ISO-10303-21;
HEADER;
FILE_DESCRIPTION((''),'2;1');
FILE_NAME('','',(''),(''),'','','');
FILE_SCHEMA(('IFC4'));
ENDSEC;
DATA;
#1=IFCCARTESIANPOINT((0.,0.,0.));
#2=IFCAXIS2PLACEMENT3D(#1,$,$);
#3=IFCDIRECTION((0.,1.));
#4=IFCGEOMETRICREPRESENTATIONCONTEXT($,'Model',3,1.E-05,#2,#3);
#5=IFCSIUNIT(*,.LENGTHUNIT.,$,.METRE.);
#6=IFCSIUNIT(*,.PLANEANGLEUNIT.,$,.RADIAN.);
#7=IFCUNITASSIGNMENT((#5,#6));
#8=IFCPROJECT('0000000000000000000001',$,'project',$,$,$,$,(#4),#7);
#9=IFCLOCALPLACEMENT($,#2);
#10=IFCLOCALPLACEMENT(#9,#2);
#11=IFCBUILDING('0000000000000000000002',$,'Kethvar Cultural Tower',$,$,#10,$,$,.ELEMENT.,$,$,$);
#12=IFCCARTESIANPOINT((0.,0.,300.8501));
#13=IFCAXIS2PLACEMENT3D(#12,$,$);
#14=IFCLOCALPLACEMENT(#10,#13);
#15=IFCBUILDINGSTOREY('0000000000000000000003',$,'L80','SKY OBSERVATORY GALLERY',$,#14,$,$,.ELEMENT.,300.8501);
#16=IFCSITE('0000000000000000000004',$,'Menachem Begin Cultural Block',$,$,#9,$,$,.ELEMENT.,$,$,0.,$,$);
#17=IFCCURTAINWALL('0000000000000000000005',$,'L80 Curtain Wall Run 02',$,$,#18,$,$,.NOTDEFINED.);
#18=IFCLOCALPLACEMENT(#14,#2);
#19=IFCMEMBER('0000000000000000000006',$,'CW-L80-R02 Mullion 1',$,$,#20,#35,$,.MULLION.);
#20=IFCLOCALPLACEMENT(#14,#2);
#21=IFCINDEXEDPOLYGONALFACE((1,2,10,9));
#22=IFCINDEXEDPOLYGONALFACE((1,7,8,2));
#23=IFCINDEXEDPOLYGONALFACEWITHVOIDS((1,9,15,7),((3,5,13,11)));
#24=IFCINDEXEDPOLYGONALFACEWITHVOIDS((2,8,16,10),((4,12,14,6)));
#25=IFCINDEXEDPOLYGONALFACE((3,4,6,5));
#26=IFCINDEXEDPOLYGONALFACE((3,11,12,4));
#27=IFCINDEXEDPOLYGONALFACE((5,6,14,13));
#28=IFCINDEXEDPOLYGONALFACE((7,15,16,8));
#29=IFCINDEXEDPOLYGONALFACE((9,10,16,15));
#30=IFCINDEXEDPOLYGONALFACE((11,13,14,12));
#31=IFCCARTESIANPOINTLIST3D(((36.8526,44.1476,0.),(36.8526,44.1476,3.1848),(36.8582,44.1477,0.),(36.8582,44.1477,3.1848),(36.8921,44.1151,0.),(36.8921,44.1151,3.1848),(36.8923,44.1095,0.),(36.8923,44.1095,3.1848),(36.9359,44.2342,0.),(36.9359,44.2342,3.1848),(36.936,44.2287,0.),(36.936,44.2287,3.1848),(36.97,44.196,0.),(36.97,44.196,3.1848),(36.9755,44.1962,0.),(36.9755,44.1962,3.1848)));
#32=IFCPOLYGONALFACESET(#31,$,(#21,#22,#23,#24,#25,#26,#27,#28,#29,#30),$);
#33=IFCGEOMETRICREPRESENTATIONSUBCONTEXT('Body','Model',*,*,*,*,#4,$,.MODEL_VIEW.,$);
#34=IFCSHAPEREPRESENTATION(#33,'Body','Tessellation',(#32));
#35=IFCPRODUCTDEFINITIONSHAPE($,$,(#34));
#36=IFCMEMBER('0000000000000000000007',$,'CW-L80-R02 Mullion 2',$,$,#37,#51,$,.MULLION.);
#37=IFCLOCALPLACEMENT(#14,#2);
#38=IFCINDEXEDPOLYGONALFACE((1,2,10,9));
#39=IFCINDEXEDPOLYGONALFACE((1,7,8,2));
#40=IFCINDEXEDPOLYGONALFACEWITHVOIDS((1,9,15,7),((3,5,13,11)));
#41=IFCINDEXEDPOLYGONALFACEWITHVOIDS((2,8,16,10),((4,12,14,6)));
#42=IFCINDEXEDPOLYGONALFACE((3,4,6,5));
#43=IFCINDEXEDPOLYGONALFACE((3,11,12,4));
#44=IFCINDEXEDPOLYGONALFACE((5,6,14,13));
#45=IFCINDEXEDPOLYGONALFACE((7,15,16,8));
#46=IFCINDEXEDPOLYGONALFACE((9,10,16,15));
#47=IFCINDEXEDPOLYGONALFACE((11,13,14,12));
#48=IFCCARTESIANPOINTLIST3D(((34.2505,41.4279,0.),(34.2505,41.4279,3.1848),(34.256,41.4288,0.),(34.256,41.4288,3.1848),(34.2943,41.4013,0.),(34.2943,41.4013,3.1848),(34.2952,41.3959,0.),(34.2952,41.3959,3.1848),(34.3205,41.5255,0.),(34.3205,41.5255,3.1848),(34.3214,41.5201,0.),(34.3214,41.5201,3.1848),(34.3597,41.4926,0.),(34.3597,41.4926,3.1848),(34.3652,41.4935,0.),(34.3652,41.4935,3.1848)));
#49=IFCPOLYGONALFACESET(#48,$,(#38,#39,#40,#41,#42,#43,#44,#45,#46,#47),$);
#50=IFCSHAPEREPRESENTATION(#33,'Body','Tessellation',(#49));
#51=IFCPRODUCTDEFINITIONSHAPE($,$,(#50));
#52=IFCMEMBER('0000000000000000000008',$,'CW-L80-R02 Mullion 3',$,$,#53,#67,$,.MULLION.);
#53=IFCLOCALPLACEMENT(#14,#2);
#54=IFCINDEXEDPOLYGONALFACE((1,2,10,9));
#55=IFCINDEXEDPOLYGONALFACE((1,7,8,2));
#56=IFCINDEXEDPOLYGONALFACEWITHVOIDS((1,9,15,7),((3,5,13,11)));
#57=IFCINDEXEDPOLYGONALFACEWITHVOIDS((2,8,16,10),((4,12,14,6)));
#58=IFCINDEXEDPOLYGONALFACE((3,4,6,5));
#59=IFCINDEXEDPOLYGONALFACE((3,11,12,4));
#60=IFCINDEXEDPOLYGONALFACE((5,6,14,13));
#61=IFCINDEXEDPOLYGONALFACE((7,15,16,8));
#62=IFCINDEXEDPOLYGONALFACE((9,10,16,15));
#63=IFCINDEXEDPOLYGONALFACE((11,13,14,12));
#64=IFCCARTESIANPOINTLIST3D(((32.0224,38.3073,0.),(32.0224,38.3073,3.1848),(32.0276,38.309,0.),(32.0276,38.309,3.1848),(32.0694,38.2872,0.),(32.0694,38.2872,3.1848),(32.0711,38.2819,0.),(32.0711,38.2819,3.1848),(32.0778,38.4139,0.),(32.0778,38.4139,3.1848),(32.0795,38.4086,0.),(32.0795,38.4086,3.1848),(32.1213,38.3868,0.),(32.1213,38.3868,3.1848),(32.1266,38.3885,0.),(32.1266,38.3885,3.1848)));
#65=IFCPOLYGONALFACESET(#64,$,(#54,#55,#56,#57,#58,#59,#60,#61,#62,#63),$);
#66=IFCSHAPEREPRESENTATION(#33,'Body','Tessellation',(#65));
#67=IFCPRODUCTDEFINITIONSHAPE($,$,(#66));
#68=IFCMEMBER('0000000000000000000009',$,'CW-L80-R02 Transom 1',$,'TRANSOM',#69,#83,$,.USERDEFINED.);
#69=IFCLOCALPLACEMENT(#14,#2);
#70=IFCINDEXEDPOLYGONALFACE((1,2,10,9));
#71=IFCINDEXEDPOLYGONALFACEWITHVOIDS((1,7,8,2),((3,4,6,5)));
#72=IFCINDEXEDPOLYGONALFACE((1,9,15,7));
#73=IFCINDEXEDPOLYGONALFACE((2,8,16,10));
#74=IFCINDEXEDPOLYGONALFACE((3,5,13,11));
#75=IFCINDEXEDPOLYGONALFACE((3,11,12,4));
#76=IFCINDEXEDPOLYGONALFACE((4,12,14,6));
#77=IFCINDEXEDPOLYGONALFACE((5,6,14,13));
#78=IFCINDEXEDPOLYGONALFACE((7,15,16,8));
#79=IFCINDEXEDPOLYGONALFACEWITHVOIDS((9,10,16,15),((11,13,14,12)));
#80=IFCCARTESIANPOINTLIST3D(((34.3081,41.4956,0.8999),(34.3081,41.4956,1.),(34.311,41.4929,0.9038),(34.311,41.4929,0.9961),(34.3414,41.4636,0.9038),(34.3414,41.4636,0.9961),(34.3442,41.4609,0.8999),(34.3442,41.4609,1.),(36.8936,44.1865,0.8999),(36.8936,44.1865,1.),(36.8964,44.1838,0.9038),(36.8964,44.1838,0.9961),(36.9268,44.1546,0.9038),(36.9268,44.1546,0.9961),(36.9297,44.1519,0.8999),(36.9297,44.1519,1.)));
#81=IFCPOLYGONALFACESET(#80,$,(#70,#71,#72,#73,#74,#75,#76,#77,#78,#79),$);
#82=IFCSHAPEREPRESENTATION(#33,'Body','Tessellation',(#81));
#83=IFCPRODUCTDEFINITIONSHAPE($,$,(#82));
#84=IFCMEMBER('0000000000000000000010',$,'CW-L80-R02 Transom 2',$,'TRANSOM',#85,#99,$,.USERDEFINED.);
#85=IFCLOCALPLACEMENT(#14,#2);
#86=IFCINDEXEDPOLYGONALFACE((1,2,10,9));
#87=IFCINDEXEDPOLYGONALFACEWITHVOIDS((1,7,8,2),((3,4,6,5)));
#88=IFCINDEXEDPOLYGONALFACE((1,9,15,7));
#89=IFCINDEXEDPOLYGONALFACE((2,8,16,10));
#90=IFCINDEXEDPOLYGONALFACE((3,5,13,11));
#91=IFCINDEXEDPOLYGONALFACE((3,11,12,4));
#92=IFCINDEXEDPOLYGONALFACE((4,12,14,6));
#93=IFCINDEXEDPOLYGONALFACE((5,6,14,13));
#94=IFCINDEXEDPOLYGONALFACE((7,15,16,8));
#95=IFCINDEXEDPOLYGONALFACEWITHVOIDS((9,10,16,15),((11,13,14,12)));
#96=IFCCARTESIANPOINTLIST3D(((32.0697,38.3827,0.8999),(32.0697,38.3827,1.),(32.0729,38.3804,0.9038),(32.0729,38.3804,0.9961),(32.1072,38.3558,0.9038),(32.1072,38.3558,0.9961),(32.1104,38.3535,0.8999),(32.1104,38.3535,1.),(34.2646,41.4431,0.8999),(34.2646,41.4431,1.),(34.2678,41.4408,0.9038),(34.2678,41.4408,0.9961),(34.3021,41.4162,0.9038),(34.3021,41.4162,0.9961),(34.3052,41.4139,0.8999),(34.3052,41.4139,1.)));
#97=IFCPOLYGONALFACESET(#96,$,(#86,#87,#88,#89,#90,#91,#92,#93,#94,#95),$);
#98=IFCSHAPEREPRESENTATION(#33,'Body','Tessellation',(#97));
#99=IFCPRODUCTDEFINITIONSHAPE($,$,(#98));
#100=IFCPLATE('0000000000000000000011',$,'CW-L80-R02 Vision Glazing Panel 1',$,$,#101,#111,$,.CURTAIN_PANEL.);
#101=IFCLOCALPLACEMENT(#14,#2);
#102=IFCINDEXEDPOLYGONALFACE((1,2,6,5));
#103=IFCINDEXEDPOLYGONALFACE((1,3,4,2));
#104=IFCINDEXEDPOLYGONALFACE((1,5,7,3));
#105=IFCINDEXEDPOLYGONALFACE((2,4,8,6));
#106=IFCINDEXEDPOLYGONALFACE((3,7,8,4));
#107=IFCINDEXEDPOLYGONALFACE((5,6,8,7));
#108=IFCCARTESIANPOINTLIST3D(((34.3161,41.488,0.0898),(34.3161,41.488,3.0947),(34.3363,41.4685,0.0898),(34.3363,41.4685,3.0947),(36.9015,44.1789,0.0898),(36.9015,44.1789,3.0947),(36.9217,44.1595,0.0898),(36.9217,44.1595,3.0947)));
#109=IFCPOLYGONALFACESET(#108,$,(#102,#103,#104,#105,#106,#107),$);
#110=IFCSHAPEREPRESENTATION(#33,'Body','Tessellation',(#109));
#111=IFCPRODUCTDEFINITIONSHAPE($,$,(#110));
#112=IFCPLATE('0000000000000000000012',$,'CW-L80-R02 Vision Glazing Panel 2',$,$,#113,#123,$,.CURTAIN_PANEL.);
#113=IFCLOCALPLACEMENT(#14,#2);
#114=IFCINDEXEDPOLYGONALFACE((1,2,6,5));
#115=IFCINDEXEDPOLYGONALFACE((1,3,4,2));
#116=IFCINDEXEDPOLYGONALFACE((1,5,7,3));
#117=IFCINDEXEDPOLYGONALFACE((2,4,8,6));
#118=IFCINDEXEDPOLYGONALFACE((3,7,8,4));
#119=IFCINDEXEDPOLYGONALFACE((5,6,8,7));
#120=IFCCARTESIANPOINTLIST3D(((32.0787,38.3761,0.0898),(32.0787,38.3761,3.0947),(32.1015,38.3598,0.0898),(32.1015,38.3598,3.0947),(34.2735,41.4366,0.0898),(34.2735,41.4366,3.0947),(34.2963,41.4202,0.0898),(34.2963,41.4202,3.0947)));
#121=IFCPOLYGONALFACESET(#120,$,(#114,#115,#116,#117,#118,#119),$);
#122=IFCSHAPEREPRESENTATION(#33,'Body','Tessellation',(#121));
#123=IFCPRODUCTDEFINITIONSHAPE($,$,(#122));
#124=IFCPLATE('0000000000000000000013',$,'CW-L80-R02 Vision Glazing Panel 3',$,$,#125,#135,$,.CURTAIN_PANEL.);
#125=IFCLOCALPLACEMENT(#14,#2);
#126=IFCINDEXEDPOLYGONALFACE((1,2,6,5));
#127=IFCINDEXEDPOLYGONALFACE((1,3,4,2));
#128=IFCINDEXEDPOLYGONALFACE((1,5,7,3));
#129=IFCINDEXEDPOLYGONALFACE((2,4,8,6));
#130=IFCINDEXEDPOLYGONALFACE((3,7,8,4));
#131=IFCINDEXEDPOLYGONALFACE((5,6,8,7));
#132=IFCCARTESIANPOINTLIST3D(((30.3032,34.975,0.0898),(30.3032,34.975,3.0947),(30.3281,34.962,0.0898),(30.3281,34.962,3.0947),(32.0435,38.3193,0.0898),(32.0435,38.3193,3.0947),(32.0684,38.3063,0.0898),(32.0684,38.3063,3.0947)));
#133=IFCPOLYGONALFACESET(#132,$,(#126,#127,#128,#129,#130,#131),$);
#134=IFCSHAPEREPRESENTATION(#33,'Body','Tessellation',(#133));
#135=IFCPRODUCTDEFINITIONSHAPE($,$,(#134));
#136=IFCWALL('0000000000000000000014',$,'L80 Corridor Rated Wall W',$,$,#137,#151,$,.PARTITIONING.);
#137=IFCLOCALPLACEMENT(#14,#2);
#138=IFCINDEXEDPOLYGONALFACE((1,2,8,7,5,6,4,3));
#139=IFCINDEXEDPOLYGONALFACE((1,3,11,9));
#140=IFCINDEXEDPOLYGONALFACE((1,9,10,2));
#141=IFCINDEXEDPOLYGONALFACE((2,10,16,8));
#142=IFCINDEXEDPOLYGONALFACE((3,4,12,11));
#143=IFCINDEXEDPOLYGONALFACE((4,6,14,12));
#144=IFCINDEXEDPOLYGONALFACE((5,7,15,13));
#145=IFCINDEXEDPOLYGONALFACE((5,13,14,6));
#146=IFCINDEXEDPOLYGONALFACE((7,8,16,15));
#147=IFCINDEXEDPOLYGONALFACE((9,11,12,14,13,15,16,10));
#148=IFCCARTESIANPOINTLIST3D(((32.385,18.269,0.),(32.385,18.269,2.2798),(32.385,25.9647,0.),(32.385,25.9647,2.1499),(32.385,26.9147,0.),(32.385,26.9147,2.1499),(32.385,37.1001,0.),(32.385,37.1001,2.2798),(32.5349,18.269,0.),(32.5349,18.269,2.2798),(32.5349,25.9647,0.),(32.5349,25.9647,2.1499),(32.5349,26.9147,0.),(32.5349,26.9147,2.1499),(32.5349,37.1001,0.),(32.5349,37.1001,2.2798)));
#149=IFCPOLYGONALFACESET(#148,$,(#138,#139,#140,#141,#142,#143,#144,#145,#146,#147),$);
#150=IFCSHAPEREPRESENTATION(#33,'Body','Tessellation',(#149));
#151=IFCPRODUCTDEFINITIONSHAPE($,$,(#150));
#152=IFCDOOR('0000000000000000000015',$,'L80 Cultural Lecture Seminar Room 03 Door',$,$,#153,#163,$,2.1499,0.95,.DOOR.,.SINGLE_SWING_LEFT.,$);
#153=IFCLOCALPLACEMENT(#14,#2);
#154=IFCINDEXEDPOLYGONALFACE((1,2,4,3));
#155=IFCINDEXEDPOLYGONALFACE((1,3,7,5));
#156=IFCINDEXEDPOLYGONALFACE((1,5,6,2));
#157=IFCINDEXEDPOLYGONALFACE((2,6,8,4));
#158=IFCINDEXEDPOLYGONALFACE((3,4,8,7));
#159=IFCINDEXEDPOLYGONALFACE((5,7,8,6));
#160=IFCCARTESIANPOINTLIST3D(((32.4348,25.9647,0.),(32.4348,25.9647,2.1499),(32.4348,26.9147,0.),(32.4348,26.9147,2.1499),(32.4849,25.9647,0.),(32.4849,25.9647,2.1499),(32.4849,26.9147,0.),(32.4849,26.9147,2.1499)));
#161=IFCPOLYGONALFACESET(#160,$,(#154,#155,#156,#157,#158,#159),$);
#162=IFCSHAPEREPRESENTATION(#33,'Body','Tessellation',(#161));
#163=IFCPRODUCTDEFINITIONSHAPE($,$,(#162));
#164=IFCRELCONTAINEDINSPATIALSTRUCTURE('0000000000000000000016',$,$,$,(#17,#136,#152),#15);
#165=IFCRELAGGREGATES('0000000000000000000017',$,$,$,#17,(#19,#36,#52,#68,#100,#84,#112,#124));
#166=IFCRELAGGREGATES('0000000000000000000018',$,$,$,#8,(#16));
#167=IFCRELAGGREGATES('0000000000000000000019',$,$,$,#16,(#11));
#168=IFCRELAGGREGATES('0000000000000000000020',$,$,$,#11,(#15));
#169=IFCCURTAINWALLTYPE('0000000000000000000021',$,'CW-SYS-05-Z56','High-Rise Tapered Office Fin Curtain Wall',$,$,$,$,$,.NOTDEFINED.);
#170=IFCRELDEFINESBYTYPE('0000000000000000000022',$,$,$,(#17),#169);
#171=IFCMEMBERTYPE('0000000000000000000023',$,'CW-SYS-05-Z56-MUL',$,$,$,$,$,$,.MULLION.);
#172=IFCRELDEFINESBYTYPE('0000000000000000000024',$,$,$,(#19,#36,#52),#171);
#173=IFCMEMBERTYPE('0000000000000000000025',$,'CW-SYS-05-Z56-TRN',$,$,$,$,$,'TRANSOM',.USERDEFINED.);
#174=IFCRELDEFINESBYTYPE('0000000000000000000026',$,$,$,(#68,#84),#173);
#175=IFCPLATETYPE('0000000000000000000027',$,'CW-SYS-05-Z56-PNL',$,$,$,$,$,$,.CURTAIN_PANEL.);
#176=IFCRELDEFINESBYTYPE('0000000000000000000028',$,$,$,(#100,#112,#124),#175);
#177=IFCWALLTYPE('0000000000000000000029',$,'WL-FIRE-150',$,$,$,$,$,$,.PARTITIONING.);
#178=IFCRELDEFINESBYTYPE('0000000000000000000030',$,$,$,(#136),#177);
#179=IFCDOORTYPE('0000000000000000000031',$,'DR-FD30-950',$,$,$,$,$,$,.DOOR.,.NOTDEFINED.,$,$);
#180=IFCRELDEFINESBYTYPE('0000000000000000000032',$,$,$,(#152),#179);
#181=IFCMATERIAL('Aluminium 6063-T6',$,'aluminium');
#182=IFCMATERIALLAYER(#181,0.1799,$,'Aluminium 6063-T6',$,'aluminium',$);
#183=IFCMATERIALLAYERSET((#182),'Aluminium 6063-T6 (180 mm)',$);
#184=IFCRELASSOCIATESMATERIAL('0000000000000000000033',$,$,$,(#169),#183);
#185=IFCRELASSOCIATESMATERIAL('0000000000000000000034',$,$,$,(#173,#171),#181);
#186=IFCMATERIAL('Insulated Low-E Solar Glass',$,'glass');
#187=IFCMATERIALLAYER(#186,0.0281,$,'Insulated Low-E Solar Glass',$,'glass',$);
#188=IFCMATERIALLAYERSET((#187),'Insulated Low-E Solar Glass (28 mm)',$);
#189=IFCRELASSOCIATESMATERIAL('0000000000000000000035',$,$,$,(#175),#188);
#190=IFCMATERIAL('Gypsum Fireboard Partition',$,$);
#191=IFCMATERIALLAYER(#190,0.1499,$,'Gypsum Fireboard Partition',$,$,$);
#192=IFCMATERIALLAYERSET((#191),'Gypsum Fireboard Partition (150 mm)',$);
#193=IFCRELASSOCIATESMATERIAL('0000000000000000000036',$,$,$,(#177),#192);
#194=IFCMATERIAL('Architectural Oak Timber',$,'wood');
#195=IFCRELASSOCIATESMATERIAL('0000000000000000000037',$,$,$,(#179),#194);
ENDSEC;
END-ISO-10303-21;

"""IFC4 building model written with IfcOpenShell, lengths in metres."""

from ifc_helpers import new_model, si_unit, direction, frame, frame_2d, origin, origin_2d, place, context, subcontext, project, spatial, rectangle, hollow_rectangle, extrude, source, transform, mapped, material, layer, layer_set, material_profile, profile_set, type_object, element, fill, aggregate, save


model = new_model("IFC4")

# Units and contexts
model_context = context("Model", 3, precision=1e-05, world=origin(), true_north=direction((0.0, 1.0)))
body_context = subcontext(model_context, "Body", "Model", "MODEL_VIEW")
ifc_project = project(units=[si_unit("LENGTHUNIT", "METRE"), si_unit("PLANEANGLEUNIT", "RADIAN")], contexts=[model_context])

# Site, building, storey
site_placement = place(None, origin())
site = spatial("IfcSite", under=ifc_project, at=site_placement, Name="Menachem Begin Cultural Block", CompositionType="ELEMENT", RefElevation=0.0)
building_placement = place(site_placement, origin())
building = spatial("IfcBuilding", under=site, at=building_placement, Name="Kethvar Cultural Tower", CompositionType="ELEMENT")
storey_placement = place(building_placement, frame((0.0, 0.0, 300.8501)))
storey = spatial("IfcBuildingStorey", under=building, at=storey_placement, Name="L80", Description="SKY OBSERVATORY GALLERY", CompositionType="ELEMENT", Elevation=300.8501)

# Curtain wall
ifc_material_1 = material(Name="Aluminium 6063-T6", Category="aluminium")
ifc_layer_1 = layer(ifc_material_1, 0.1799, Name="Aluminium 6063-T6", Category="aluminium")
ifc_layer_set_1 = layer_set([ifc_layer_1], Name="Aluminium 6063-T6 (180 mm)")
curtain_wall_type = type_object("IfcCurtainWallType", Name="CW-SYS-05-Z56", Description="High-Rise Tapered Office Fin Curtain Wall", PredefinedType="NOTDEFINED", material=ifc_layer_set_1)
curtain_wall_1_placement = place(storey_placement, origin())
curtain_wall_1 = element("IfcCurtainWall", 1, at=curtain_wall_1_placement, inside=storey, type_object=curtain_wall_type, Name="L80 Curtain Wall Run 02", PredefinedType="NOTDEFINED")
ifc_material_profile_1 = material_profile(ifc_material_1, hollow_rectangle(XDim=0.05, YDim=0.1001, WallThickness=0.0039, at=origin_2d()), Name="Aluminium 6063-T6 — RHS100x50x4")
ifc_profile_set_1 = profile_set([ifc_material_profile_1], Name="Aluminium 6063-T6 — RHS100x50x4")
member_type_1 = type_object("IfcMemberType", Name="CW-SYS-05-Z56-TRN", ElementType="TRANSOM", PredefinedType="USERDEFINED", material=ifc_profile_set_1)
ifc_material_profile_2 = material_profile(ifc_material_1, hollow_rectangle(XDim=0.0549, YDim=0.1201, WallThickness=0.0039, at=origin_2d()), Name="Aluminium 6063-T6 — RHS120x55x4")
ifc_profile_set_2 = profile_set([ifc_material_profile_2], Name="Aluminium 6063-T6 — RHS120x55x4")
member_type_2 = type_object("IfcMemberType", Name="CW-SYS-05-Z56-MUL", PredefinedType="MULLION", material=ifc_profile_set_2)
shared_shape_1 = source(origin(), body_context, "Body", "SweptSolid", [
    extrude(hollow_rectangle(XDim=0.0549, YDim=0.1201, WallThickness=0.0039, at=origin_2d()), origin(), (0.0, 0.0, 1.0), 3.1848),
])

# Members
member_1_placement = place(storey_placement, frame((36.9141, 44.1719, 0.0), z_axis=(0.0, 0.0, 1.0), x_axis=(0.721108, -0.692823, 0.0)))
member_1 = element("IfcMember", 2, at=member_1_placement, type_object=member_type_2, Name="CW-L80-R02 Mullion 1", PredefinedType="MULLION", context=body_context, shape_type="MappedRepresentation", body=[
    mapped(shared_shape_1, transform((0.0, 0.0, 0.0), scale=1.0)),
])
member_2_placement = place(storey_placement, frame((34.3079, 41.4607, 0.0), z_axis=(0.0, 0.0, 1.0), x_axis=(0.812633, -0.582776, 0.0)))
member_2 = element("IfcMember", 3, at=member_2_placement, type_object=member_type_2, Name="CW-L80-R02 Mullion 2", PredefinedType="MULLION", context=body_context, shape_type="MappedRepresentation", body=[
    mapped(shared_shape_1, transform((0.0, 0.0, 0.0), scale=1.0)),
])
member_3_placement = place(storey_placement, frame((32.0745, 38.3479, 0.0), z_axis=(0.0, 0.0, 1.0), x_axis=(0.887075, -0.461625, 0.0)))
member_3 = element("IfcMember", 4, at=member_3_placement, type_object=member_type_2, Name="CW-L80-R02 Mullion 3", PredefinedType="MULLION", context=body_context, shape_type="MappedRepresentation", body=[
    mapped(shared_shape_1, transform((0.0, 0.0, 0.0), scale=1.0)),
])
shared_shape_2 = source(origin(), body_context, "Body", "SweptSolid", [
    extrude(hollow_rectangle(XDim=0.05, YDim=0.1001, WallThickness=0.0039, at=origin_2d()), origin(), (0.0, 0.0, 1.0), 3.7317),
])
member_4_placement = place(storey_placement, frame((36.9116, 44.1692, 0.95), z_axis=(-0.692834, -0.721097, 0.0), x_axis=(0.721097, -0.692834, 0.0)))
member_4 = element("IfcMember", 5, at=member_4_placement, type_object=member_type_1, Name="CW-L80-R02 Transom 1", ObjectType="TRANSOM", PredefinedType="USERDEFINED", context=body_context, shape_type="MappedRepresentation", body=[
    mapped(shared_shape_2, transform((0.0, 0.0, 0.0), scale=1.0)),
])
shared_shape_3 = source(origin(), body_context, "Body", "SweptSolid", [
    extrude(hollow_rectangle(XDim=0.05, YDim=0.1001, WallThickness=0.0039, at=origin_2d()), origin(), (0.0, 0.0, 1.0), 3.7661),
])
member_5_placement = place(storey_placement, frame((34.2849, 41.4285, 0.95), z_axis=(-0.582801, -0.812615, 0.0), x_axis=(0.812615, -0.582801, 0.0)))
member_5 = element("IfcMember", 6, at=member_5_placement, type_object=member_type_1, Name="CW-L80-R02 Transom 2", ObjectType="TRANSOM", PredefinedType="USERDEFINED", context=body_context, shape_type="MappedRepresentation", body=[
    mapped(shared_shape_3, transform((0.0, 0.0, 0.0), scale=1.0)),
])

# Plates
ifc_material_2 = material(Name="Insulated Low-E Solar Glass", Category="glass")
ifc_layer_2 = layer(ifc_material_2, 0.0281, Name="Insulated Low-E Solar Glass", Category="glass")
ifc_layer_set_2 = layer_set([ifc_layer_2], Name="Insulated Low-E Solar Glass (28 mm)")
plate_type = type_object("IfcPlateType", Name="CW-SYS-05-Z56-PNL", PredefinedType="CURTAIN_PANEL", material=ifc_layer_set_2)
shared_shape_4 = source(origin(), body_context, "Body", "SweptSolid", [
    extrude(rectangle(XDim=3.7317, YDim=0.0281, at=origin_2d()), origin(), (0.0, 0.0, 1.0), 3.0049),
])
plate_1_placement = place(storey_placement, frame((35.6189, 42.8237, 0.0898), z_axis=(0.0, 0.0, 1.0), x_axis=(-0.692823, -0.721108, 0.0)))
plate_1 = element("IfcPlate", 7, at=plate_1_placement, type_object=plate_type, Name="CW-L80-R02 Vision Glazing Panel 1", PredefinedType="CURTAIN_PANEL", context=body_context, shape_type="MappedRepresentation", body=[
    mapped(shared_shape_4, transform((0.0, 0.0, 0.0), scale=1.0)),
])
shared_shape_5 = source(origin(), body_context, "Body", "SweptSolid", [
    extrude(rectangle(XDim=3.7661, YDim=0.0281, at=origin_2d()), origin(), (0.0, 0.0, 1.0), 3.0049),
])
plate_2_placement = place(storey_placement, frame((33.1875, 39.8982, 0.0898), z_axis=(0.0, 0.0, 1.0), x_axis=(-0.582776, -0.812633, 0.0)))
plate_2 = element("IfcPlate", 8, at=plate_2_placement, type_object=plate_type, Name="CW-L80-R02 Vision Glazing Panel 2", PredefinedType="CURTAIN_PANEL", context=body_context, shape_type="MappedRepresentation", body=[
    mapped(shared_shape_5, transform((0.0, 0.0, 0.0), scale=1.0)),
])
shared_shape_6 = source(origin(), body_context, "Body", "SweptSolid", [
    extrude(rectangle(XDim=3.77, YDim=0.0281, at=origin_2d()), origin(), (0.0, 0.0, 1.0), 3.0049),
])
plate_3_placement = place(storey_placement, frame((31.1858, 36.6406, 0.0898), z_axis=(0.0, 0.0, 1.0), x_axis=(-0.461625, -0.887075, 0.0)))
plate_3 = element("IfcPlate", 9, at=plate_3_placement, type_object=plate_type, Name="CW-L80-R02 Vision Glazing Panel 3", PredefinedType="CURTAIN_PANEL", context=body_context, shape_type="MappedRepresentation", body=[
    mapped(shared_shape_6, transform((0.0, 0.0, 0.0), scale=1.0)),
])
aggregate(curtain_wall_1, [member_1, member_2, member_3, member_4, plate_1, member_5, plate_2, plate_3])

# Wall, opening, door
ifc_material_3 = material(Name="Gypsum Fireboard Partition")
ifc_layer_3 = layer(ifc_material_3, 0.1499, Name="Gypsum Fireboard Partition")
ifc_layer_set_3 = layer_set([ifc_layer_3], Name="Gypsum Fireboard Partition (150 mm)")
wall_type = type_object("IfcWallType", Name="WL-FIRE-150", PredefinedType="PARTITIONING", material=ifc_layer_set_3)
wall_placement = place(storey_placement, frame((32.46, 37.1001, 0.0), z_axis=(0.0, 0.0, 1.0), x_axis=(0.0, -1.0, 0.0)))
wall = element("IfcWall", 10, at=wall_placement, inside=storey, type_object=wall_type, Name="L80 Corridor Rated Wall W", PredefinedType="PARTITIONING", context=body_context, shape_type="SweptSolid", body=[
    extrude(rectangle(XDim=18.8311, YDim=0.1499, at=frame_2d((9.4155, 0.0))), origin(), (0.0, 0.0, 1.0), 2.2798),
])
opening_placement = place(wall_placement, frame((10.1853, 0.0, 0.0)))
opening = element("IfcOpeningElement", 11, at=opening_placement, cuts=wall, PredefinedType="OPENING", context=body_context, shape_type="SweptSolid", body=[
    extrude(rectangle(XDim=0.95, YDim=2.1499, at=frame_2d((0.4751, 1.075))), frame((0.0, 0.085, 0.0), z_axis=(0.0, -1.0, 0.0), x_axis=(1.0, 0.0, 0.0)), (0.0, 0.0, 1.0), 0.1699),
])
ifc_material_4 = material(Name="Architectural Oak Timber", Category="wood")
door_type = type_object("IfcDoorType", Name="DR-FD30-950", OperationType="NOTDEFINED", PredefinedType="DOOR", material=ifc_material_4)
shared_shape_7 = source(origin(), body_context, "Body", "SweptSolid", [
    extrude(rectangle(XDim=0.95, YDim=2.1499, at=frame_2d((0.4751, 1.075))), frame((0.0, 0.0249, 0.0), z_axis=(0.0, -1.0, 0.0), x_axis=(1.0, 0.0, 0.0)), (0.0, 0.0, 1.0), 0.05),
])
door_placement = place(opening_placement, origin())
door = element("IfcDoor", 12, at=door_placement, inside=storey, type_object=door_type, Name="L80 Cultural Lecture Seminar Room 03 Door", OperationType="SINGLE_SWING_LEFT", OverallHeight=2.1499, OverallWidth=0.95, PredefinedType="DOOR", context=body_context, shape_type="MappedRepresentation", body=[
    mapped(shared_shape_7, transform((0.0, 0.0, 0.0), scale=1.0)),
])
fill(opening, door)

save(model, "model.ifc")
